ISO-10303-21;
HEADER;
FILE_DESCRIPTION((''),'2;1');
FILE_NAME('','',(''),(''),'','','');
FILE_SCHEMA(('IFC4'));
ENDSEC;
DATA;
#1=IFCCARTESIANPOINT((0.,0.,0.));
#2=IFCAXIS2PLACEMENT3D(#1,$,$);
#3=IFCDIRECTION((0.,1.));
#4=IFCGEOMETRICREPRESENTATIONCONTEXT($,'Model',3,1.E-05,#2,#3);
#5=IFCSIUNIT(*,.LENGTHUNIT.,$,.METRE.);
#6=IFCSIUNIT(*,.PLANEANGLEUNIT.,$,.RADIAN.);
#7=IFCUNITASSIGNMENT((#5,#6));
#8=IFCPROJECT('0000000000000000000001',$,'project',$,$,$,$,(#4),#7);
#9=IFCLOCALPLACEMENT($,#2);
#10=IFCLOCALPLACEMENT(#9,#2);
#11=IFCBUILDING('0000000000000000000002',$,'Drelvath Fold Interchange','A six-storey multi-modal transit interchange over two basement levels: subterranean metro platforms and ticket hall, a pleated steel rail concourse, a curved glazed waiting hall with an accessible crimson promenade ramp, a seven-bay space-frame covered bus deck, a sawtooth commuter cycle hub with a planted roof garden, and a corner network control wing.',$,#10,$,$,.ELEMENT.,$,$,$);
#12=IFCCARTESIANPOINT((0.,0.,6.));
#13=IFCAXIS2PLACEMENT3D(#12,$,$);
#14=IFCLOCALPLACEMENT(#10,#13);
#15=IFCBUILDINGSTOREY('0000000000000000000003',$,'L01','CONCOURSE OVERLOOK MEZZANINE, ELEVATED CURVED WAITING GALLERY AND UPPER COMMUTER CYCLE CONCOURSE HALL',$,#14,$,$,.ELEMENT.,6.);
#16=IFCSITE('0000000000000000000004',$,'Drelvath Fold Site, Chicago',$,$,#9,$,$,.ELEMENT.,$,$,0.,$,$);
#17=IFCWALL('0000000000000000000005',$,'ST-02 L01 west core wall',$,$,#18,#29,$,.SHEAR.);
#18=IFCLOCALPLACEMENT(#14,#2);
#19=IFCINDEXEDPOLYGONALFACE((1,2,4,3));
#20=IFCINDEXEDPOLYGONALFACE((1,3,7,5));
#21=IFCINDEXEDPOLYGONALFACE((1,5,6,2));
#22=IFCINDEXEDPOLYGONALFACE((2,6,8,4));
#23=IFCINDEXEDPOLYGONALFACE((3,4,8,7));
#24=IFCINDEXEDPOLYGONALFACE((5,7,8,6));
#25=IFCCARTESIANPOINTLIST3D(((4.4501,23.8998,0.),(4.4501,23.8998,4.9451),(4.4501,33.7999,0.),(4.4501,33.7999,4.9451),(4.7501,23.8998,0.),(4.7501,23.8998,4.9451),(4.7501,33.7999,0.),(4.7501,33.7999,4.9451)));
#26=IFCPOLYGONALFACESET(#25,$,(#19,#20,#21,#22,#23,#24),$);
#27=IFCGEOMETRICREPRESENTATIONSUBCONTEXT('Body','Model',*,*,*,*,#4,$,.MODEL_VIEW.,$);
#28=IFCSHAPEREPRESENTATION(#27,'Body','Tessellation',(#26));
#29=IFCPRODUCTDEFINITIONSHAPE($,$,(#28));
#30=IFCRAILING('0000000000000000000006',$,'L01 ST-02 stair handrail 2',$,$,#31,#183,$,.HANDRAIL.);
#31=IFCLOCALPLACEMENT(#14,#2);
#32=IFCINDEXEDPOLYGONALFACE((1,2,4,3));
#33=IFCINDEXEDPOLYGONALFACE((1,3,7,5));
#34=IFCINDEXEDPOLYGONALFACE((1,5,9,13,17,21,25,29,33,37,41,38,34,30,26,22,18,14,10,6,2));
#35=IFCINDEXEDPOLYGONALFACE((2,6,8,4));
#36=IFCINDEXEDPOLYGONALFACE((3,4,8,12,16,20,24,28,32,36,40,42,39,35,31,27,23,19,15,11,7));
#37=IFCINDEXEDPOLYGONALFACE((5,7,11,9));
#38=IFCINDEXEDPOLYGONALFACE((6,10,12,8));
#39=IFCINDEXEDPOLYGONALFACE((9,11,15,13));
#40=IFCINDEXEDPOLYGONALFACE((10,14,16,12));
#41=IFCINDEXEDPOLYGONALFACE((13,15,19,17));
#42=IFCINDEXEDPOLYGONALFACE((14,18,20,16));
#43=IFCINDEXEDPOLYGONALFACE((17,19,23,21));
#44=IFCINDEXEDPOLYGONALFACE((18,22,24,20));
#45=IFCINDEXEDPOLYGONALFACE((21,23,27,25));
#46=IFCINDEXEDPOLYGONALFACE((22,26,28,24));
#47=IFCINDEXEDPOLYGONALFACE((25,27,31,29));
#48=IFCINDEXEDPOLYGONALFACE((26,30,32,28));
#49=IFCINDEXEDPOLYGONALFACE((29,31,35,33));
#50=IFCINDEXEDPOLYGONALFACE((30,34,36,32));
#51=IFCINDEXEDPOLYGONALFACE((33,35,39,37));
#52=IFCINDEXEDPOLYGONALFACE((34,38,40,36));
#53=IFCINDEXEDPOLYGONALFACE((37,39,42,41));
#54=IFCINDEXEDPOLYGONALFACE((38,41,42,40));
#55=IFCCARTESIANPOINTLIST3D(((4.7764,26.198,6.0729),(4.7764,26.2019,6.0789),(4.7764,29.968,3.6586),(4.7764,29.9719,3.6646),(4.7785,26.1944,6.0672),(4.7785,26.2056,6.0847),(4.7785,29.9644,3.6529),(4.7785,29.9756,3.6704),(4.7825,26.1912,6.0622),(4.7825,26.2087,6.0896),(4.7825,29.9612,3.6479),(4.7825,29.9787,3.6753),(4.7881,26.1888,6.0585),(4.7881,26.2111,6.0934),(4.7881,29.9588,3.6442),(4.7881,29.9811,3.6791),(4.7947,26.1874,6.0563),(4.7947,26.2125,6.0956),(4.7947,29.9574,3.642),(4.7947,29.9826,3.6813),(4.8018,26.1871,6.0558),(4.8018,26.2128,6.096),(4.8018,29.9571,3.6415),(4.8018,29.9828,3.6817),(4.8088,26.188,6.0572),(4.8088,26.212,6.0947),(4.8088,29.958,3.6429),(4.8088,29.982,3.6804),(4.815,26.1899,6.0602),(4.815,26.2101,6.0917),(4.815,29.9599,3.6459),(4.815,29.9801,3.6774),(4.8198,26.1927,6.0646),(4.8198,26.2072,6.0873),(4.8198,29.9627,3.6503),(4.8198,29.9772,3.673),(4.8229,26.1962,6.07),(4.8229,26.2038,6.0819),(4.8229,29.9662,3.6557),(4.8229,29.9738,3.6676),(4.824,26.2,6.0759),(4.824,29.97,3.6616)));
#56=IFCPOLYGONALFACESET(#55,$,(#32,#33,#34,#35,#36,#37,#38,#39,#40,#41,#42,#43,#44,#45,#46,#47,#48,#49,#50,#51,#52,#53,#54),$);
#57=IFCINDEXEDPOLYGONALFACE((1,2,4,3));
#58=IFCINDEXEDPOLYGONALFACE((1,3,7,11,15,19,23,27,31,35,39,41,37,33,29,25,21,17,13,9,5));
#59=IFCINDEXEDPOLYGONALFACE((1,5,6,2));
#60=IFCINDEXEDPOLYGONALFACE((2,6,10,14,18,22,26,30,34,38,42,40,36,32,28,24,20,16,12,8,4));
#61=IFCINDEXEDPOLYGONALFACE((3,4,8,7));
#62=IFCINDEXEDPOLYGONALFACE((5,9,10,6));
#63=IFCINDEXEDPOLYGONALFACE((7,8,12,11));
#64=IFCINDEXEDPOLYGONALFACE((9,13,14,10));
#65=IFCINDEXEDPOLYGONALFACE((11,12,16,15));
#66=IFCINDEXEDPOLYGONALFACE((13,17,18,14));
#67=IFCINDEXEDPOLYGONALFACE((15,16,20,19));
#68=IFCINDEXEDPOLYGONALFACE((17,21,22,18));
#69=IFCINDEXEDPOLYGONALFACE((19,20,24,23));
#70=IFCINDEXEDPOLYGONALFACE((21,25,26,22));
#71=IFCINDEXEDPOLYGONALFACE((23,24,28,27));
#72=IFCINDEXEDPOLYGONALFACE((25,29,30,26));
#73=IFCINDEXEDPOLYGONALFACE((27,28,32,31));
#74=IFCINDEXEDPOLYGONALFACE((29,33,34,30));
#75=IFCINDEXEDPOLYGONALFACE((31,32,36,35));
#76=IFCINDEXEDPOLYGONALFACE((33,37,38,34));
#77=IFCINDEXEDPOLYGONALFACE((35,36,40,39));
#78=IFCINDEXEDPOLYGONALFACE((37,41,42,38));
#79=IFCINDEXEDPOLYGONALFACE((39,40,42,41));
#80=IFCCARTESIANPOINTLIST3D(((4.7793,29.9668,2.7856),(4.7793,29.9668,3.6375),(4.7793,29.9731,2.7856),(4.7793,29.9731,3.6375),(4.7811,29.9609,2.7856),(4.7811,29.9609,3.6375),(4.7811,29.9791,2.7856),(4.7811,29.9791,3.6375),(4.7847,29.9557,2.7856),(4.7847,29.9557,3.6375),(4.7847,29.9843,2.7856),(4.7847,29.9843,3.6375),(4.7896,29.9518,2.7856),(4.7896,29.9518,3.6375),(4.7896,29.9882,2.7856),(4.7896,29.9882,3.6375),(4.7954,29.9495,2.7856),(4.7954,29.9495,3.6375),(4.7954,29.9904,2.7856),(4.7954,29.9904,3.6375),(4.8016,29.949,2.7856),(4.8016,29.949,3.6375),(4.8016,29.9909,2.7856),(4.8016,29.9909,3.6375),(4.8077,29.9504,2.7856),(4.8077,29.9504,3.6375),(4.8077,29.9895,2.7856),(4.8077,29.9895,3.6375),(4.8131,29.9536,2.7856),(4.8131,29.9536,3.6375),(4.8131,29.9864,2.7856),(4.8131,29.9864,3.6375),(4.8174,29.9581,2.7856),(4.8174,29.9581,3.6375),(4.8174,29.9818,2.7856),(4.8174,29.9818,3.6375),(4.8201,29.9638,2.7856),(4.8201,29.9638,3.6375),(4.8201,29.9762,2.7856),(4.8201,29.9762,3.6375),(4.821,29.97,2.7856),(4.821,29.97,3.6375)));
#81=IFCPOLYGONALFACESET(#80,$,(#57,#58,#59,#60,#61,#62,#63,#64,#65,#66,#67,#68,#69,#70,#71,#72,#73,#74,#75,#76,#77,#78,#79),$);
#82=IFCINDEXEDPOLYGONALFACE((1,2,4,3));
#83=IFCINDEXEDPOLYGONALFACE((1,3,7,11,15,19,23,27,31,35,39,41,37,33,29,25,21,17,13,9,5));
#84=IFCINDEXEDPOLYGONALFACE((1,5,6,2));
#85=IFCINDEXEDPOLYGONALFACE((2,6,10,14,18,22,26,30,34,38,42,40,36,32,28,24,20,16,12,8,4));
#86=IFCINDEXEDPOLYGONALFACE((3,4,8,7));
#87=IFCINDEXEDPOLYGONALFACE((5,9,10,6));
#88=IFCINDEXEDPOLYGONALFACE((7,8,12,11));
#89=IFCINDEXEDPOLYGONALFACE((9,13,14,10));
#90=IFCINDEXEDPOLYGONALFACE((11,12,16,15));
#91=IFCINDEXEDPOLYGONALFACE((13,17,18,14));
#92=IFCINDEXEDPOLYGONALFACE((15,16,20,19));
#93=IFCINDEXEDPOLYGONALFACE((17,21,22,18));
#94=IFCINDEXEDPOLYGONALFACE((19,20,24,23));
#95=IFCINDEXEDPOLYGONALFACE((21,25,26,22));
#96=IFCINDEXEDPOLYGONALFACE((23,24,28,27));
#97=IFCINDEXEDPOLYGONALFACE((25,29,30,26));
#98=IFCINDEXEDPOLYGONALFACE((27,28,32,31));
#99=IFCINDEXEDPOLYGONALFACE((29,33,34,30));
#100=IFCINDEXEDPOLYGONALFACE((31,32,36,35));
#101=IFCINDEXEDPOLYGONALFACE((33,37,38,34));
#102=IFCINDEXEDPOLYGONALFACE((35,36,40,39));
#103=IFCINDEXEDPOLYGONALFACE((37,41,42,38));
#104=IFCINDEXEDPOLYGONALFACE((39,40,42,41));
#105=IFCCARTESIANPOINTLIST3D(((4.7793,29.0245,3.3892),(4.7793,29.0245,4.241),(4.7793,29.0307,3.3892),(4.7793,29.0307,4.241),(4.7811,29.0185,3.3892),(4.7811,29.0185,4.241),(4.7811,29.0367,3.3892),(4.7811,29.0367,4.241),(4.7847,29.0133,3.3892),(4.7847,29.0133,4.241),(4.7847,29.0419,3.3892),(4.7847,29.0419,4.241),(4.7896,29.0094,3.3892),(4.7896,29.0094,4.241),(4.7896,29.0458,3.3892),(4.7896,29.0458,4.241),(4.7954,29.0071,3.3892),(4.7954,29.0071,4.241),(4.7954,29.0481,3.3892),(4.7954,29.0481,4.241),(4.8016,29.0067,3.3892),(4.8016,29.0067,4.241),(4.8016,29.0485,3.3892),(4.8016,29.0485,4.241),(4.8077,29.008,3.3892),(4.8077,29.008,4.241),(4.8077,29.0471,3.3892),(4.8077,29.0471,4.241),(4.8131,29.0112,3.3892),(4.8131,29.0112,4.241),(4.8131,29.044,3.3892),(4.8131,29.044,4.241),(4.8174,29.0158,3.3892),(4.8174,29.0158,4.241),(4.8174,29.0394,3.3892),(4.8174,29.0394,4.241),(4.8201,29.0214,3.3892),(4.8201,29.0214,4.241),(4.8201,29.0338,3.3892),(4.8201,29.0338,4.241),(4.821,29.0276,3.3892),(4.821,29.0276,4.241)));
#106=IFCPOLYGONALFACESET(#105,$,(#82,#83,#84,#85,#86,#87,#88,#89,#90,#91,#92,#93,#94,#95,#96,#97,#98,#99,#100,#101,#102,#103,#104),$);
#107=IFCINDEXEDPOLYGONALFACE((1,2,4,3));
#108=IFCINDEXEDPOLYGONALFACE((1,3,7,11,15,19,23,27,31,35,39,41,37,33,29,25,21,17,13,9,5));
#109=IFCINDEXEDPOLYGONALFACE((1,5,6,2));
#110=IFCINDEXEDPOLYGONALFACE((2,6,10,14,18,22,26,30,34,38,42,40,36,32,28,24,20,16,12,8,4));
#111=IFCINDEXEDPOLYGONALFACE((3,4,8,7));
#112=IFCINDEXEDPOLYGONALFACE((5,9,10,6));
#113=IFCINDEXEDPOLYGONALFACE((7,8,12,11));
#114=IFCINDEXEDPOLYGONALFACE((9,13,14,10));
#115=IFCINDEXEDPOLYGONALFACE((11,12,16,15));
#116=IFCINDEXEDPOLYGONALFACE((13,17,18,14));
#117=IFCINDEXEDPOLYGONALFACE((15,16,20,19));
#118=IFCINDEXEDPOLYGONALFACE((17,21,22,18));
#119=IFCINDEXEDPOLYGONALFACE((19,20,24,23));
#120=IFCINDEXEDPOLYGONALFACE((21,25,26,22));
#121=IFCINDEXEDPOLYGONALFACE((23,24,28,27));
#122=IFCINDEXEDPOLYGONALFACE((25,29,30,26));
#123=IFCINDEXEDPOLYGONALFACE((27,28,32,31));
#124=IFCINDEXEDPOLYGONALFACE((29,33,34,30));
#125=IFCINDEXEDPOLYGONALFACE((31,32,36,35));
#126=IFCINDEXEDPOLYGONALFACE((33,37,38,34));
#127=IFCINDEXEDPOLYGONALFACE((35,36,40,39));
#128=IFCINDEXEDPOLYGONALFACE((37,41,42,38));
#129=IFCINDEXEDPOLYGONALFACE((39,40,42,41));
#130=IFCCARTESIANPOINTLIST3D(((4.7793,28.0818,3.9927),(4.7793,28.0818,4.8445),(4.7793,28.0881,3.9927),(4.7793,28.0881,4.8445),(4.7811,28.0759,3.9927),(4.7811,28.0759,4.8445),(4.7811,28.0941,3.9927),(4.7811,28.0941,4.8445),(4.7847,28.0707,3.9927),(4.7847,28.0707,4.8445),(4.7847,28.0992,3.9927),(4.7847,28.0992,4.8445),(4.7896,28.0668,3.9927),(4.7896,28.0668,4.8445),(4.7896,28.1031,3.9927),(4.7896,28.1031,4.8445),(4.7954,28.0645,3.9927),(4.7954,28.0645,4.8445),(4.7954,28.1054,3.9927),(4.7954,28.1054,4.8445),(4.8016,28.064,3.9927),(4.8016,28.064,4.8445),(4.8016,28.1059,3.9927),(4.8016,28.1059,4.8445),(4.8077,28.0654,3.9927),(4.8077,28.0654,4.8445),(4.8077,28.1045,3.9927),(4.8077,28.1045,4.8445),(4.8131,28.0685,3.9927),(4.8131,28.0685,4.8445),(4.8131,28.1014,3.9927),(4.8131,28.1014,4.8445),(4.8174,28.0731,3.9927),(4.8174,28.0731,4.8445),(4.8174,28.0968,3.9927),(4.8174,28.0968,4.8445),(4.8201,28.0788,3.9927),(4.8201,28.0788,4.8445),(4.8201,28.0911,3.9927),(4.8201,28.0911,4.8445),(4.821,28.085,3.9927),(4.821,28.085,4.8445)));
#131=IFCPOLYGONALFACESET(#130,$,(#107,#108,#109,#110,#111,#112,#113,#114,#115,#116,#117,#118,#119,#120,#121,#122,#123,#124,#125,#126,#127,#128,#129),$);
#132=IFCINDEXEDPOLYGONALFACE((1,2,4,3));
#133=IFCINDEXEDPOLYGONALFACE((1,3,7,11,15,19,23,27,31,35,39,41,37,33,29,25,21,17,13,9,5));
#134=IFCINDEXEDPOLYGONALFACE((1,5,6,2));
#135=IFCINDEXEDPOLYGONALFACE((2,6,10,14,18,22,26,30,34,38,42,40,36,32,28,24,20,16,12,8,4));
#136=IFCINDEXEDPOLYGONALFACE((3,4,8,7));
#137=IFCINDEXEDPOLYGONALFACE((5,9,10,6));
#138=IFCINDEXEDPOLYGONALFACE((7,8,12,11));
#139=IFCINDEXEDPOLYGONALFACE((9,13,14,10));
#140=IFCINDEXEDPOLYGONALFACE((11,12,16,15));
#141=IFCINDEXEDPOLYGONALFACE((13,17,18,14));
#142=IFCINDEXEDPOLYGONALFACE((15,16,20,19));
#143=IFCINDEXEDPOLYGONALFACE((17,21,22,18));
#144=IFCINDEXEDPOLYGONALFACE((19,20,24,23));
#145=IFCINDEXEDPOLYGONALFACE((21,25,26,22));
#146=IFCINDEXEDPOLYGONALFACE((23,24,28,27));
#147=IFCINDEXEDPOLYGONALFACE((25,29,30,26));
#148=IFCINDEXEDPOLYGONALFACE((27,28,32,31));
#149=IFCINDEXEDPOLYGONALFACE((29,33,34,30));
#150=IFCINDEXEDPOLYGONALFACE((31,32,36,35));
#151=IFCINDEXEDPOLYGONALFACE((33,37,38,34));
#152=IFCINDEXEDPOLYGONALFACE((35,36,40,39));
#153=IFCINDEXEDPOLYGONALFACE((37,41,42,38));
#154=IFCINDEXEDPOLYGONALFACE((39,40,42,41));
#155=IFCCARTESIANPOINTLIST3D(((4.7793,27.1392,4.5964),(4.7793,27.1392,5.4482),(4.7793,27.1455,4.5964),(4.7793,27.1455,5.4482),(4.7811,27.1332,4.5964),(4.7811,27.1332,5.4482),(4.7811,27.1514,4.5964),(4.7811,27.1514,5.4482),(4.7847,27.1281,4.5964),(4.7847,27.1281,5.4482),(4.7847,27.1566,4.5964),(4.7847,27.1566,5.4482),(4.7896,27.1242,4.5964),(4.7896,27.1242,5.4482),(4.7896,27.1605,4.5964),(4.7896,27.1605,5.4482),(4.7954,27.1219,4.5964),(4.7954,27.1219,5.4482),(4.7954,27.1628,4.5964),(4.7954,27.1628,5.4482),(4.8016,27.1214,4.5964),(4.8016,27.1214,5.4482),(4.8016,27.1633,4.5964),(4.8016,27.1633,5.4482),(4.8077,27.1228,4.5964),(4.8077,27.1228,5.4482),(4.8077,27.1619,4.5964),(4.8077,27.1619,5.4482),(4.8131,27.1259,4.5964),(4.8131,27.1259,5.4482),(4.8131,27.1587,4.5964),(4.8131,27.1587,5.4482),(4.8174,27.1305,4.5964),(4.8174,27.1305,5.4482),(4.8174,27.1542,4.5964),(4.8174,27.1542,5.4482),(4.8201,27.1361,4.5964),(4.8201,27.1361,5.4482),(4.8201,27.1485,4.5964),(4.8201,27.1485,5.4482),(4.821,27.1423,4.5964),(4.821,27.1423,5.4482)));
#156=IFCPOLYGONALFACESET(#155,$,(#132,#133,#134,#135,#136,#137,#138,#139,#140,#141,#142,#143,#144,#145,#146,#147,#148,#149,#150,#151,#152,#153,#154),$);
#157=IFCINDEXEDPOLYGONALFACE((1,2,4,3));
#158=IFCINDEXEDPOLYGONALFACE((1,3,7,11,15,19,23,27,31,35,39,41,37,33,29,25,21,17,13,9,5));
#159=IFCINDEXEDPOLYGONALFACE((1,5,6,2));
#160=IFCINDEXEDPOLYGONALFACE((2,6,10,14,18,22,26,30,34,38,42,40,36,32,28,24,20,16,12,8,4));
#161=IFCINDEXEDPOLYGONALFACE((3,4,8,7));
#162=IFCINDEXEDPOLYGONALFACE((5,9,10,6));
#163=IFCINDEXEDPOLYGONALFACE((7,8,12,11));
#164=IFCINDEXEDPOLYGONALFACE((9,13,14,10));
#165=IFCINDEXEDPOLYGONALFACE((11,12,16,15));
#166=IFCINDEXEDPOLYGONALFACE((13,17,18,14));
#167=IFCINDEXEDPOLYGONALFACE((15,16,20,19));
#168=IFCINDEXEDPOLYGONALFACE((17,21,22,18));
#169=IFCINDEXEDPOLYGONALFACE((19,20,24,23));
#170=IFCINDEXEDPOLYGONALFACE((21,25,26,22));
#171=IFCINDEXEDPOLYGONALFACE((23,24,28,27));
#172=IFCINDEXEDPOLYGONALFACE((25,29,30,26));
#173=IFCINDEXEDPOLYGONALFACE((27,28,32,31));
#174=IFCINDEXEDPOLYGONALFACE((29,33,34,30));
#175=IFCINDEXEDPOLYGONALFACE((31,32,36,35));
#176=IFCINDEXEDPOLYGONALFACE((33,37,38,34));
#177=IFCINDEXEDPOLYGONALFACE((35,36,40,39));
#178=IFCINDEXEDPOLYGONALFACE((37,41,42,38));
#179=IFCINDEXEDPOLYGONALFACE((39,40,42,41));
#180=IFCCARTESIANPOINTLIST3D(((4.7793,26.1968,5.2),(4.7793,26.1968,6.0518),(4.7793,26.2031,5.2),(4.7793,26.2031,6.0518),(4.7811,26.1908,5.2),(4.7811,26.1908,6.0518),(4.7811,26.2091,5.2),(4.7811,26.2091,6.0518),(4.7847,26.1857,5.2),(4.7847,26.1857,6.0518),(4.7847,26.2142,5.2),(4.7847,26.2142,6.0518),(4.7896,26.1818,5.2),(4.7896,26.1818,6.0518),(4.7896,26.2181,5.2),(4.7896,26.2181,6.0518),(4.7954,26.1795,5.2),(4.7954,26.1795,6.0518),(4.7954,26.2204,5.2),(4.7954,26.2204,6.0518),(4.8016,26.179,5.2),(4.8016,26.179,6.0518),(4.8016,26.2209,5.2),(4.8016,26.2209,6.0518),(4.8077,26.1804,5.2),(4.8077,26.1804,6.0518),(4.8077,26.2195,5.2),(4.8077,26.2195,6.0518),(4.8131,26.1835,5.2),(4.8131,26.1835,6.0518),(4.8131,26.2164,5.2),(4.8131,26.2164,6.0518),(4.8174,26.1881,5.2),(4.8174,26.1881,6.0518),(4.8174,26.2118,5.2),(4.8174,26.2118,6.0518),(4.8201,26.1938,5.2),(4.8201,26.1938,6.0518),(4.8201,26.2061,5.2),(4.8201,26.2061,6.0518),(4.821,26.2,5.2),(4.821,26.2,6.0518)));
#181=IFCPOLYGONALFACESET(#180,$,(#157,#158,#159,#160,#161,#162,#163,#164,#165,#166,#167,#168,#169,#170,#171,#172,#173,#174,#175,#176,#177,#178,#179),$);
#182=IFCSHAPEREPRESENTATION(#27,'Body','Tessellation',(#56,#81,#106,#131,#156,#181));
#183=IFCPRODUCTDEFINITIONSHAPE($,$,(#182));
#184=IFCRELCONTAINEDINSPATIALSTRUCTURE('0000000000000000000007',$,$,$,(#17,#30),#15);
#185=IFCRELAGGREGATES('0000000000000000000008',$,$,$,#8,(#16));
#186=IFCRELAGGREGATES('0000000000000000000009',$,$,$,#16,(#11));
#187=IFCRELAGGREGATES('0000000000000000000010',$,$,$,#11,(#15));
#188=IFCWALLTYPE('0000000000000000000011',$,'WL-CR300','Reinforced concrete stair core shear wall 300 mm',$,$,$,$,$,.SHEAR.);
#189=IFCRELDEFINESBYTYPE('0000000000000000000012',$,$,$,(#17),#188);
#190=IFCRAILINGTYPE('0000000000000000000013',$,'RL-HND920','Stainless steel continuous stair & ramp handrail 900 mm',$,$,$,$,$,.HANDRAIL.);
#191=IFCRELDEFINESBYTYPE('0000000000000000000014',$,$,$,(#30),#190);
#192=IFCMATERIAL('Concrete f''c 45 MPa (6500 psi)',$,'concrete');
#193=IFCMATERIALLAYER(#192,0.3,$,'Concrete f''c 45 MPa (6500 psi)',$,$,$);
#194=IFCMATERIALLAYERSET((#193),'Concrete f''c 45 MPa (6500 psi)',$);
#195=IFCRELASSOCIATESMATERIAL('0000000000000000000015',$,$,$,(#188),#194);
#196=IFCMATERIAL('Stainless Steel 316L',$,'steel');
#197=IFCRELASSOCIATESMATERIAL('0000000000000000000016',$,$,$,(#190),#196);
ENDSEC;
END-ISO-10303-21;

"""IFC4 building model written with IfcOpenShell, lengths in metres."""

from ifc_helpers import new_model, si_unit, direction, frame, frame_2d, origin, origin_2d, place, context, subcontext, project, spatial, rectangle, circle, extrude, material, layer, layer_set, type_object, element, save


model = new_model("IFC4")

# Units and contexts
model_context = context("Model", 3, precision=1e-05, world=origin(), true_north=direction((0.0, 1.0)))
body_context = subcontext(model_context, "Body", "Model", "MODEL_VIEW")
ifc_project = project(units=[si_unit("LENGTHUNIT", "METRE"), si_unit("PLANEANGLEUNIT", "RADIAN")], contexts=[model_context])

# Site, building, storey
site_placement = place(None, origin())
site = spatial("IfcSite", under=ifc_project, at=site_placement, Name="Drelvath Fold Site, Chicago", CompositionType="ELEMENT", RefElevation=0.0)
building_placement = place(site_placement, origin())
building = spatial("IfcBuilding", under=site, at=building_placement, Name="Drelvath Fold Interchange", Description="A six-storey multi-modal transit interchange over two basement levels: subterranean metro platforms and ticket hall, a pleated steel rail concourse, a curved glazed waiting hall with an accessible crimson promenade ramp, a seven-bay space-frame covered bus deck, a sawtooth commuter cycle hub with a planted roof garden, and a corner network control wing.", CompositionType="ELEMENT")
storey_placement = place(building_placement, frame((0.0, 0.0, 6.0)))
storey = spatial("IfcBuildingStorey", under=building, at=storey_placement, Name="L01", Description="CONCOURSE OVERLOOK MEZZANINE, ELEVATED CURVED WAITING GALLERY AND UPPER COMMUTER CYCLE CONCOURSE HALL", CompositionType="ELEMENT", Elevation=6.0)

# Wall
ifc_material_1 = material(Name="Concrete f'c 45 MPa (6500 psi)", Category="concrete")
ifc_layer_1 = layer(ifc_material_1, 0.3, Name="Concrete f'c 45 MPa (6500 psi)")
ifc_layer_set_1 = layer_set([ifc_layer_1], Name="Concrete f'c 45 MPa (6500 psi)")
wall_type = type_object("IfcWallType", Name="WL-CR300", Description="Reinforced concrete stair core shear wall 300 mm", PredefinedType="SHEAR", material=ifc_layer_set_1)
wall_placement = place(storey_placement, frame((4.6001, 33.8, 0.0), z_axis=(0.0, 0.0, 1.0), x_axis=(0.0, -1.0, 0.0)))
element("IfcWall", 1, at=wall_placement, inside=storey, type_object=wall_type, Name="ST-02 L01 west core wall", PredefinedType="SHEAR", context=body_context, shape_type="SweptSolid", body=[
    extrude(rectangle(XDim=9.9001, YDim=0.3, at=frame_2d((4.9502, 0.0))), origin(), (0.0, 0.0, 1.0), 4.9451),
])

# Railing
ifc_material_2 = material(Name="Stainless Steel 316L", Category="steel")
railing_type = type_object("IfcRailingType", Name="RL-HND920", Description="Stainless steel continuous stair & ramp handrail 900 mm", PredefinedType="HANDRAIL", material=ifc_material_2)
railing_placement = place(storey_placement, frame((4.8, 29.97, 2.7856)))
element("IfcRailing", 2, at=railing_placement, inside=storey, type_object=railing_type, Name="L01 ST-02 stair handrail 2", PredefinedType="HANDRAIL", context=body_context, shape_type="SweptSolid", body=[
    extrude(circle(Radius=0.0239, at=origin_2d()), frame((0.0, 0.0, 0.876), z_axis=(0.0, -0.84212, 0.53929), x_axis=(1.0, 0.0, 0.0)), (0.0, 0.0, 1.0), 4.4768),
    extrude(circle(Radius=0.021, at=origin_2d()), origin(), (0.0, 0.0, 1.0), 0.8518),
    extrude(circle(Radius=0.021, at=origin_2d()), frame((0.0, -0.9424, 0.6035)), (0.0, 0.0, 1.0), 0.8518),
    extrude(circle(Radius=0.021, at=origin_2d()), frame((0.0, -1.885, 1.207)), (0.0, 0.0, 1.0), 0.8518),
    extrude(circle(Radius=0.021, at=origin_2d()), frame((0.0, -2.8276, 1.8108)), (0.0, 0.0, 1.0), 0.8518),
    extrude(circle(Radius=0.021, at=origin_2d()), frame((0.0, -3.77, 2.4143)), (0.0, 0.0, 1.0), 0.8518),
])

save(model, "model.ifc")
